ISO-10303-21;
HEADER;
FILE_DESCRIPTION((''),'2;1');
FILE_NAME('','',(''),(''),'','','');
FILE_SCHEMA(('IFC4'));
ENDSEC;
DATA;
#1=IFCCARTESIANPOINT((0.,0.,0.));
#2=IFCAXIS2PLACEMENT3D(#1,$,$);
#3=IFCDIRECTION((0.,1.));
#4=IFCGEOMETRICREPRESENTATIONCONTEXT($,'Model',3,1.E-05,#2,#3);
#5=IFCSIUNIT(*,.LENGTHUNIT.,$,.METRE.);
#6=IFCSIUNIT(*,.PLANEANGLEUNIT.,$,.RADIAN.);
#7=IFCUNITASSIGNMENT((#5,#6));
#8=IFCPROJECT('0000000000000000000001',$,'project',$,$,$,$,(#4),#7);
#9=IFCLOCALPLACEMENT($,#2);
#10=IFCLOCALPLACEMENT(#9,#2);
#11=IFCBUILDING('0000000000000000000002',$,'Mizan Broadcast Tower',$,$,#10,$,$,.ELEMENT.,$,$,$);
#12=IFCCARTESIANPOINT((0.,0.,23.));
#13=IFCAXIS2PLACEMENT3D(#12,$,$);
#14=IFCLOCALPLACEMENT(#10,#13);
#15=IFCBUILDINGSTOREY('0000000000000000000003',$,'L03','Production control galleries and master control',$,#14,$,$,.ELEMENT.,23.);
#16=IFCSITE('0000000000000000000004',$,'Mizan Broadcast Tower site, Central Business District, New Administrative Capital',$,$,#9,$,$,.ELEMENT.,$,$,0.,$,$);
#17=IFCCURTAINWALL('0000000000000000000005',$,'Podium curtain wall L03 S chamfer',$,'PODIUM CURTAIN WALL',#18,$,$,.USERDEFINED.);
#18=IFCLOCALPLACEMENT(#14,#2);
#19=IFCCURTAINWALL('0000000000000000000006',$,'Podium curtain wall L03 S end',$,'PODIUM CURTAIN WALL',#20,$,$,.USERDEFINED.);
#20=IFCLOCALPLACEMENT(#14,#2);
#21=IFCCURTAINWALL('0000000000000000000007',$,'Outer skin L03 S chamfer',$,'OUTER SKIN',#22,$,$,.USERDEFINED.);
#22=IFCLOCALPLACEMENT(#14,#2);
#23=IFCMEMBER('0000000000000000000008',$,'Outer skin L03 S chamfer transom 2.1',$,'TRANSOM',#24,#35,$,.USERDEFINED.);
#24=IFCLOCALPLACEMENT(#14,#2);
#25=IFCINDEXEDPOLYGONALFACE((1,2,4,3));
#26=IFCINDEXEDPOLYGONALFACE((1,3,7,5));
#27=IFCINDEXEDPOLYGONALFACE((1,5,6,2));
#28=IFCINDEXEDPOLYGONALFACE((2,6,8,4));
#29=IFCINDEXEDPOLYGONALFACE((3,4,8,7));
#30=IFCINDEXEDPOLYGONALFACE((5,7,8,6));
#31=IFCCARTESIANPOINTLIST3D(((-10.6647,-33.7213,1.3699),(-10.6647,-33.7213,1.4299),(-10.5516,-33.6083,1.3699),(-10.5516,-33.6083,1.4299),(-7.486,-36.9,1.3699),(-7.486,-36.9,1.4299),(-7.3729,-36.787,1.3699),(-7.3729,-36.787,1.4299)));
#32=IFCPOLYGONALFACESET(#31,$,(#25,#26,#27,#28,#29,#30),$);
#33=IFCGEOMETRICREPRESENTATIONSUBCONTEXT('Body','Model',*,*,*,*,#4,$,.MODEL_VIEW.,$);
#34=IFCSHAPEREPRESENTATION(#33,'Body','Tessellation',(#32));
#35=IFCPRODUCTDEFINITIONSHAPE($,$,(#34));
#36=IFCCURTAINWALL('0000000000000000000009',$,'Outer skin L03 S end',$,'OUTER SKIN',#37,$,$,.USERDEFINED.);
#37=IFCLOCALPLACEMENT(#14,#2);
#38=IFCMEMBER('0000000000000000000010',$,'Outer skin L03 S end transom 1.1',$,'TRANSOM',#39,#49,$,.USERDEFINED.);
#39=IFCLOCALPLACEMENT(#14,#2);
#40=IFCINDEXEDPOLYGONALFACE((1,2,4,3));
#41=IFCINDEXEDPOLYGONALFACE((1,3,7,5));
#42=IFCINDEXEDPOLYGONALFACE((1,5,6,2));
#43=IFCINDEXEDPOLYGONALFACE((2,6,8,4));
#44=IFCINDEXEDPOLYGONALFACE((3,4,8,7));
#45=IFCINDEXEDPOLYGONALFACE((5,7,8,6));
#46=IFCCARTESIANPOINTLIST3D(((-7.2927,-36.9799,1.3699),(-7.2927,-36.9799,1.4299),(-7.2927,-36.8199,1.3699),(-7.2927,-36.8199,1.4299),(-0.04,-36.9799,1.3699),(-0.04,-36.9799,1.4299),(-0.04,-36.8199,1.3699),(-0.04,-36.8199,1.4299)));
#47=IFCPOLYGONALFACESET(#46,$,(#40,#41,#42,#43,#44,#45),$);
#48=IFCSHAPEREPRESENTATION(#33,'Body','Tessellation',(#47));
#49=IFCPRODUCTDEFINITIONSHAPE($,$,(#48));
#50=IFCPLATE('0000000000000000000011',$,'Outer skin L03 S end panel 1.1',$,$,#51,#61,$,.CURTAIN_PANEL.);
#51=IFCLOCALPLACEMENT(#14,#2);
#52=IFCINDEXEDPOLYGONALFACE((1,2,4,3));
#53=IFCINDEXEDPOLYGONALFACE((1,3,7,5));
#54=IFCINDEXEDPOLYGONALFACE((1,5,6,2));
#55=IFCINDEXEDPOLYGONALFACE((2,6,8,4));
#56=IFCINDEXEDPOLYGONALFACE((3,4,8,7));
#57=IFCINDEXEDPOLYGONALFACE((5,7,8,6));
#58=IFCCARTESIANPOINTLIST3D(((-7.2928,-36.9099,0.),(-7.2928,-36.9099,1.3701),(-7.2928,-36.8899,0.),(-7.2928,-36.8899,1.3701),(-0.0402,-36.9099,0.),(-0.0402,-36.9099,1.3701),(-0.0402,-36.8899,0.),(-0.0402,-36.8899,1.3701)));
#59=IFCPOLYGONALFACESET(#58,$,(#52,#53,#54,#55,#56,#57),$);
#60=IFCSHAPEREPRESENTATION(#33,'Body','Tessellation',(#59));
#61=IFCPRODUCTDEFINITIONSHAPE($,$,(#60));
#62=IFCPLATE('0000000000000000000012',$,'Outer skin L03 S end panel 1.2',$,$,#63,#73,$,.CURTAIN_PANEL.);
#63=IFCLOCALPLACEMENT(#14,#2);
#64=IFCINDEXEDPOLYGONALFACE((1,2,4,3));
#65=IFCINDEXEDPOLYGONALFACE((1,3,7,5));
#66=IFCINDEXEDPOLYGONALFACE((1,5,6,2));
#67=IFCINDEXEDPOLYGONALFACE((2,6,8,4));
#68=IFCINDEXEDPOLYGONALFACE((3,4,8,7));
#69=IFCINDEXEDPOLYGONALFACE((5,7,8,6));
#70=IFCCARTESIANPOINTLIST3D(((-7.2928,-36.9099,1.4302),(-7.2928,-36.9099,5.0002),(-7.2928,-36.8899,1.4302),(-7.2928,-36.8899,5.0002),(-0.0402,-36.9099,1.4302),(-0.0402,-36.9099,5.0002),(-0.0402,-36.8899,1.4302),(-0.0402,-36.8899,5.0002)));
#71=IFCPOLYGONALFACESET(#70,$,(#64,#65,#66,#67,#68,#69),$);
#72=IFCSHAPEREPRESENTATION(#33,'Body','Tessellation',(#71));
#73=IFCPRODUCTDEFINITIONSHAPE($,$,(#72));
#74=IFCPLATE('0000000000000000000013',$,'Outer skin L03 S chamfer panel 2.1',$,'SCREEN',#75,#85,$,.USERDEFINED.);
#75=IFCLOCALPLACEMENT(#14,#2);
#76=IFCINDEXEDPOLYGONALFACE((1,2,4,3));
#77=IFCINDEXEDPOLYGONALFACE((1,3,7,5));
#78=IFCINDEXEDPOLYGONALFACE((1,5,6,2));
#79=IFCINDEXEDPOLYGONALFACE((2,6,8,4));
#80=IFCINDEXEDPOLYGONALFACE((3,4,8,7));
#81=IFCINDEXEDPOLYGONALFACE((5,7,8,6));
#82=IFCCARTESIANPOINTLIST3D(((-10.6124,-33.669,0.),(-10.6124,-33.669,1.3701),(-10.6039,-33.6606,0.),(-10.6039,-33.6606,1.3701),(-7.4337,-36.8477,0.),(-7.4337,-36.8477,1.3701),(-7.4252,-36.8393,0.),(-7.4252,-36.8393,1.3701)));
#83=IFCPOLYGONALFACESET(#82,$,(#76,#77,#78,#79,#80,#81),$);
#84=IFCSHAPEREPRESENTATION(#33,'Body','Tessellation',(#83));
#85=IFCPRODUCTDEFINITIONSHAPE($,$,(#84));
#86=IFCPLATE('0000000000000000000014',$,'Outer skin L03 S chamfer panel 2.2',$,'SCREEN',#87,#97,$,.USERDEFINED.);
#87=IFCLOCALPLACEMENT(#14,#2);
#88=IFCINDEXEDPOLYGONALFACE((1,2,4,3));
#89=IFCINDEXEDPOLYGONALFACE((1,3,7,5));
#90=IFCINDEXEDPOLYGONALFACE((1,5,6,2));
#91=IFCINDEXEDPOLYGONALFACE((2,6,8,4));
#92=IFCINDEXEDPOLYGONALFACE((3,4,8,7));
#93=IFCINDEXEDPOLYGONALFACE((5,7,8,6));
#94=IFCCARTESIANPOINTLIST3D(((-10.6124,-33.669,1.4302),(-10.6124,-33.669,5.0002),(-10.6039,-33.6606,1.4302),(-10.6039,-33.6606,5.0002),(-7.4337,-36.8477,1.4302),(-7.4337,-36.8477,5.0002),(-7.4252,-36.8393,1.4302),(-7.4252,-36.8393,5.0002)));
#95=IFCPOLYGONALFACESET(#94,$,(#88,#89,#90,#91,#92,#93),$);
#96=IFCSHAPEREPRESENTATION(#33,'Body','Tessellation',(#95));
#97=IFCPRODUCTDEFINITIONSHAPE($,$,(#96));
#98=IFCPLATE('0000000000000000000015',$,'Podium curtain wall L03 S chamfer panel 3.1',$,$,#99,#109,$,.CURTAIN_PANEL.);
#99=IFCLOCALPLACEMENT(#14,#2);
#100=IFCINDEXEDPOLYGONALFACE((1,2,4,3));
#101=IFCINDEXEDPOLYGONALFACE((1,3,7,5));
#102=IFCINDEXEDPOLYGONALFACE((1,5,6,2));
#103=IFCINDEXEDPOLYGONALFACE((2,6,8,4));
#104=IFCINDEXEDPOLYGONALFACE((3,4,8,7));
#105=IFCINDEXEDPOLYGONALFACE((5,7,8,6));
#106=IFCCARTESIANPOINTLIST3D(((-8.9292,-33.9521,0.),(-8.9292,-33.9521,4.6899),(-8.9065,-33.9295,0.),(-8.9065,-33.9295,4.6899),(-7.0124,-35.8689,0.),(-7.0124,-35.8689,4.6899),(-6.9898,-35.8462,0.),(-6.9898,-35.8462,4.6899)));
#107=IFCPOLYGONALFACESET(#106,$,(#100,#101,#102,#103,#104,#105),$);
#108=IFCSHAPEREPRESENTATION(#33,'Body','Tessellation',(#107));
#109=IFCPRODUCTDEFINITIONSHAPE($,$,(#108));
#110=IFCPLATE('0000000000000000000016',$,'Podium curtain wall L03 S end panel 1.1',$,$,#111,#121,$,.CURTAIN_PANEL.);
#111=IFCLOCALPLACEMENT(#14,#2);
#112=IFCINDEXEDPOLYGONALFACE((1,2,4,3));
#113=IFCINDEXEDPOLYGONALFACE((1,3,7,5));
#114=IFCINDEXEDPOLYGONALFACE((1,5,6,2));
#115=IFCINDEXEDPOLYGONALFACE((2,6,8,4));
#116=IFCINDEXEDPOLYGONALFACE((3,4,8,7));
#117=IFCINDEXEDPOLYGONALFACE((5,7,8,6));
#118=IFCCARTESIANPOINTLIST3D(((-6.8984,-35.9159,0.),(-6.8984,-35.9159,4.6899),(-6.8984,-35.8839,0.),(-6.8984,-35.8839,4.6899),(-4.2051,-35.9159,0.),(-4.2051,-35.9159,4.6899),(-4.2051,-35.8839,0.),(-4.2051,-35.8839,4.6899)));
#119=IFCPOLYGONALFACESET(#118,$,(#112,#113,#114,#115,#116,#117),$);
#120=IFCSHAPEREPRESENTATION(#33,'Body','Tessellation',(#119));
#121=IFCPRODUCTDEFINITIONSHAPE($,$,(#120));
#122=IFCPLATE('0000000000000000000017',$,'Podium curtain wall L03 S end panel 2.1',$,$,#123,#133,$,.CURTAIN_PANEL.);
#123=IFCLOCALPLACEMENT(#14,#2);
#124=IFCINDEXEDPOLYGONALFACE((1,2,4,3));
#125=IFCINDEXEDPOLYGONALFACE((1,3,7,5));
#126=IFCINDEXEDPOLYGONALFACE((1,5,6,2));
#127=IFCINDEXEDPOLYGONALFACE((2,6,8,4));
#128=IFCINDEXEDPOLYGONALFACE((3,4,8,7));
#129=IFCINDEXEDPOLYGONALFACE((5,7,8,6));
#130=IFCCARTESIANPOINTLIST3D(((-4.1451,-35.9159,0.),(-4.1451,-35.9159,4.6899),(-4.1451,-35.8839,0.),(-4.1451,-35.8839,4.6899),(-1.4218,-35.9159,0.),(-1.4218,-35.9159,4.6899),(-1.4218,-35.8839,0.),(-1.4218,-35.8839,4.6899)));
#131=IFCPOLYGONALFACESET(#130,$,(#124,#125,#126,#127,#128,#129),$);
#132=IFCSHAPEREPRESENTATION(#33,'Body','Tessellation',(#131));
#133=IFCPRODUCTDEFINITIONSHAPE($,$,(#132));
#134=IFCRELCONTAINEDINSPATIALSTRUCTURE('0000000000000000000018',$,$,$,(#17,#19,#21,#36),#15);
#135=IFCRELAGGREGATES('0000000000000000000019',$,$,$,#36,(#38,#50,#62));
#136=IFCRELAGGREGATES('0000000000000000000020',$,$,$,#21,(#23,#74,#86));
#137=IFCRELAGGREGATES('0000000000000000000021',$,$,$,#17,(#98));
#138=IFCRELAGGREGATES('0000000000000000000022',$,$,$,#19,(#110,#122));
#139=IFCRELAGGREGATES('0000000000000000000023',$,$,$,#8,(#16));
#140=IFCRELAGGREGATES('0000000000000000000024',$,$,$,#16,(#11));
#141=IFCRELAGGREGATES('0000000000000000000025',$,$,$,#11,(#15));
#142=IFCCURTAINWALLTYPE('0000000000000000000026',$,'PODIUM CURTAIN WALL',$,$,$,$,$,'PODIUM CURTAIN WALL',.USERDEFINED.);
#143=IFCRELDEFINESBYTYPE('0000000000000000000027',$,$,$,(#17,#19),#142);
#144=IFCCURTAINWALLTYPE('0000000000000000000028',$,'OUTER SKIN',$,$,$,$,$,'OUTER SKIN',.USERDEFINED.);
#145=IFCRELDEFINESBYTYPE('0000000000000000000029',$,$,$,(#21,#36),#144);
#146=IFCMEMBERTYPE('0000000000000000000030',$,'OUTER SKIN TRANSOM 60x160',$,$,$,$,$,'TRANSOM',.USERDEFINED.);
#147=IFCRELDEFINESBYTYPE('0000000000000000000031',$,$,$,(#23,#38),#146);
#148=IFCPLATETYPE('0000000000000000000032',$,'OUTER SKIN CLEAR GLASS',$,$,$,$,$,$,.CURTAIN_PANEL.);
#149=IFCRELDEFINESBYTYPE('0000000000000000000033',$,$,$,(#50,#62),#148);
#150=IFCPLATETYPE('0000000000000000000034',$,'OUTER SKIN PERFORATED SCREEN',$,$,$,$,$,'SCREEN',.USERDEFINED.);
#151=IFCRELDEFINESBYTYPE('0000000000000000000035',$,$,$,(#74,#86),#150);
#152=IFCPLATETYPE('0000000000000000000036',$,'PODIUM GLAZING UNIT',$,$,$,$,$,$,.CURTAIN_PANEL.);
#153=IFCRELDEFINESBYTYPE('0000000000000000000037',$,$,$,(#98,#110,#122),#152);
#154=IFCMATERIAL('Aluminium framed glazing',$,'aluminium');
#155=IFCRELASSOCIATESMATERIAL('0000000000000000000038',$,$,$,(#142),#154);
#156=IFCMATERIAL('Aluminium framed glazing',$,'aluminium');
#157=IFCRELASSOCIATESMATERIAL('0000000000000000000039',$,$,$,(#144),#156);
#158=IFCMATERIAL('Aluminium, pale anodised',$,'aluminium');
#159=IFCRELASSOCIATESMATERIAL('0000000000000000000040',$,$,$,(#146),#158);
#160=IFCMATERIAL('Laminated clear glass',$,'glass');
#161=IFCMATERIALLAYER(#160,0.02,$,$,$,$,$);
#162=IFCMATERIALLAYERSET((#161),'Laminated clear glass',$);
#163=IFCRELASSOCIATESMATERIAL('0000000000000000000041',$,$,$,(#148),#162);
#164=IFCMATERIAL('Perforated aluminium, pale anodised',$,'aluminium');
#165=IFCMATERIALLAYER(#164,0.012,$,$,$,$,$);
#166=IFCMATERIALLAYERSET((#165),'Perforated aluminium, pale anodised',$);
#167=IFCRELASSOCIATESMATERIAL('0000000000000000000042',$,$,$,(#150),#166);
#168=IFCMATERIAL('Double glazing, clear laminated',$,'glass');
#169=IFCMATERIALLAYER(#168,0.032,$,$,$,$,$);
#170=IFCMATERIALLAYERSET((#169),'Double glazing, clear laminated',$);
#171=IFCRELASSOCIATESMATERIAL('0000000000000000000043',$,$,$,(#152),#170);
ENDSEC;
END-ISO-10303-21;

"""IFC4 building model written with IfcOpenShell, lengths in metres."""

from ifc_helpers import new_model, si_unit, direction, frame, origin, origin_2d, place, context, subcontext, project, spatial, rectangle, extrude, material, layer, layer_set, material_profile, profile_set, type_object, element, aggregate, save


model = new_model("IFC4")

# Units and contexts
model_context = context("Model", 3, precision=1e-05, world=origin(), true_north=direction((0.0, 1.0)))
body_context = subcontext(model_context, "Body", "Model", "MODEL_VIEW")
ifc_project = project(units=[si_unit("LENGTHUNIT", "METRE"), si_unit("PLANEANGLEUNIT", "RADIAN")], contexts=[model_context])

# Site, building, storey
site_placement = place(None, origin())
site = spatial("IfcSite", under=ifc_project, at=site_placement, Name="Mizan Broadcast Tower site, Central Business District, New Administrative Capital", CompositionType="ELEMENT", RefElevation=0.0)
building_placement = place(site_placement, origin())
building = spatial("IfcBuilding", under=site, at=building_placement, Name="Mizan Broadcast Tower", CompositionType="ELEMENT")
storey_placement = place(building_placement, frame((0.0, 0.0, 23.0)))
storey = spatial("IfcBuildingStorey", under=building, at=storey_placement, Name="L03", Description="Production control galleries and master control", CompositionType="ELEMENT", Elevation=23.0)

# Curtain walls
ifc_material_1 = material(Name="Aluminium framed glazing", Category="aluminium")
curtain_wall_type_1 = type_object("IfcCurtainWallType", Name="PODIUM CURTAIN WALL", ElementType="PODIUM CURTAIN WALL", PredefinedType="USERDEFINED", material=ifc_material_1)
curtain_wall_1_placement = place(storey_placement, origin())
curtain_wall_1 = element("IfcCurtainWall", 1, at=curtain_wall_1_placement, inside=storey, type_object=curtain_wall_type_1, Name="Podium curtain wall L03 S chamfer", ObjectType="PODIUM CURTAIN WALL", PredefinedType="USERDEFINED")
curtain_wall_2_placement = place(storey_placement, origin())
curtain_wall_2 = element("IfcCurtainWall", 2, at=curtain_wall_2_placement, inside=storey, type_object=curtain_wall_type_1, Name="Podium curtain wall L03 S end", ObjectType="PODIUM CURTAIN WALL", PredefinedType="USERDEFINED")

# Curtain wall, member
ifc_material_2 = material(Name="Aluminium framed glazing", Category="aluminium")
curtain_wall_type_2 = type_object("IfcCurtainWallType", Name="OUTER SKIN", ElementType="OUTER SKIN", PredefinedType="USERDEFINED", material=ifc_material_2)
curtain_wall_3_placement = place(storey_placement, origin())
curtain_wall_3 = element("IfcCurtainWall", 3, at=curtain_wall_3_placement, inside=storey, type_object=curtain_wall_type_2, Name="Outer skin L03 S chamfer", ObjectType="OUTER SKIN", PredefinedType="USERDEFINED")
ifc_material_3 = material(Name="Aluminium, pale anodised", Category="aluminium")
ifc_material_profile_1 = material_profile(ifc_material_3, rectangle(XDim=0.1599, YDim=0.0601, at=origin_2d()), Name="TRANSOM 160x60")
ifc_profile_set_1 = profile_set([ifc_material_profile_1], Name="Aluminium, pale anodised")
member_type_1 = type_object("IfcMemberType", Name="OUTER SKIN TRANSOM 60x160", ElementType="TRANSOM", PredefinedType="USERDEFINED", material=ifc_profile_set_1)
member_1_placement = place(storey_placement, frame((-10.6082, -33.6648, 1.3999), z_axis=(0.707107, -0.707107, 0.0), x_axis=(0.707107, 0.707107, 0.0)))
member_1 = element("IfcMember", 4, at=member_1_placement, type_object=member_type_1, Name="Outer skin L03 S chamfer transom 2.1", ObjectType="TRANSOM", PredefinedType="USERDEFINED", context=body_context, shape_type="SweptSolid", body=[
    extrude(rectangle(XDim=0.1599, YDim=0.0601, at=origin_2d()), origin(), (0.0, 0.0, 1.0), 4.4954),
])

# Curtain wall, member, plates
curtain_wall_4_placement = place(storey_placement, origin())
curtain_wall_4 = element("IfcCurtainWall", 5, at=curtain_wall_4_placement, inside=storey, type_object=curtain_wall_type_2, Name="Outer skin L03 S end", ObjectType="OUTER SKIN", PredefinedType="USERDEFINED")
member_2_placement = place(storey_placement, frame((-7.2927, -36.8999, 1.3999), z_axis=(1.0, 0.0, 0.0), x_axis=(0.0, 1.0, 0.0)))
member_2 = element("IfcMember", 6, at=member_2_placement, type_object=member_type_1, Name="Outer skin L03 S end transom 1.1", ObjectType="TRANSOM", PredefinedType="USERDEFINED", context=body_context, shape_type="SweptSolid", body=[
    extrude(rectangle(XDim=0.1599, YDim=0.0601, at=origin_2d()), origin(), (0.0, 0.0, 1.0), 7.2527),
])
ifc_material_4 = material(Name="Laminated clear glass", Category="glass")
ifc_layer_1 = layer(ifc_material_4, 0.02)
ifc_layer_set_1 = layer_set([ifc_layer_1], Name="Laminated clear glass")
plate_type_1 = type_object("IfcPlateType", Name="OUTER SKIN CLEAR GLASS", PredefinedType="CURTAIN_PANEL", material=ifc_layer_set_1)
plate_1_placement = place(storey_placement, frame((-3.6665, -36.8999, 0.0), z_axis=(0.0, 0.0, 1.0), x_axis=(1.0, 0.0, 0.0)))
plate_1 = element("IfcPlate", 7, at=plate_1_placement, type_object=plate_type_1, Name="Outer skin L03 S end panel 1.1", PredefinedType="CURTAIN_PANEL", context=body_context, shape_type="SweptSolid", body=[
    extrude(rectangle(XDim=7.2527, YDim=0.02, at=origin_2d()), origin(), (0.0, 0.0, 1.0), 1.3701),
])
plate_2_placement = place(storey_placement, frame((-3.6665, -36.8999, 1.4302), z_axis=(0.0, 0.0, 1.0), x_axis=(1.0, 0.0, 0.0)))
plate_2 = element("IfcPlate", 8, at=plate_2_placement, type_object=plate_type_1, Name="Outer skin L03 S end panel 1.2", PredefinedType="CURTAIN_PANEL", context=body_context, shape_type="SweptSolid", body=[
    extrude(rectangle(XDim=7.2527, YDim=0.02, at=origin_2d()), origin(), (0.0, 0.0, 1.0), 3.5701),
])
aggregate(curtain_wall_4, [member_2, plate_1, plate_2])

# Plates
ifc_material_5 = material(Name="Perforated aluminium, pale anodised", Category="aluminium")
ifc_layer_2 = layer(ifc_material_5, 0.012)
ifc_layer_set_2 = layer_set([ifc_layer_2], Name="Perforated aluminium, pale anodised")
plate_type_2 = type_object("IfcPlateType", Name="OUTER SKIN PERFORATED SCREEN", ElementType="SCREEN", PredefinedType="USERDEFINED", material=ifc_layer_set_2)
plate_3_placement = place(storey_placement, frame((-9.0188, -35.2542, 0.0), z_axis=(0.0, 0.0, 1.0), x_axis=(0.707107, -0.707107, 0.0)))
plate_3 = element("IfcPlate", 9, at=plate_3_placement, type_object=plate_type_2, Name="Outer skin L03 S chamfer panel 2.1", ObjectType="SCREEN", PredefinedType="USERDEFINED", context=body_context, shape_type="SweptSolid", body=[
    extrude(rectangle(XDim=4.4954, YDim=0.012, at=origin_2d()), origin(), (0.0, 0.0, 1.0), 1.3701),
])
plate_4_placement = place(storey_placement, frame((-9.0188, -35.2542, 1.4302), z_axis=(0.0, 0.0, 1.0), x_axis=(0.707107, -0.707107, 0.0)))
plate_4 = element("IfcPlate", 10, at=plate_4_placement, type_object=plate_type_2, Name="Outer skin L03 S chamfer panel 2.2", ObjectType="SCREEN", PredefinedType="USERDEFINED", context=body_context, shape_type="SweptSolid", body=[
    extrude(rectangle(XDim=4.4954, YDim=0.012, at=origin_2d()), origin(), (0.0, 0.0, 1.0), 3.5701),
])
aggregate(curtain_wall_3, [member_1, plate_3, plate_4])
ifc_material_6 = material(Name="Double glazing, clear laminated", Category="glass")
ifc_layer_3 = layer(ifc_material_6, 0.032)
ifc_layer_set_3 = layer_set([ifc_layer_3], Name="Double glazing, clear laminated")
plate_type_3 = type_object("IfcPlateType", Name="PODIUM GLAZING UNIT", PredefinedType="CURTAIN_PANEL", material=ifc_layer_set_3)
plate_5_placement = place(storey_placement, frame((-7.9595, -34.8992, 0.0), z_axis=(0.0, 0.0, 1.0), x_axis=(0.707107, -0.707107, 0.0)))
plate_5 = element("IfcPlate", 11, at=plate_5_placement, type_object=plate_type_3, Name="Podium curtain wall L03 S chamfer panel 3.1", PredefinedType="CURTAIN_PANEL", context=body_context, shape_type="SweptSolid", body=[
    extrude(rectangle(XDim=2.7107, YDim=0.032, at=origin_2d()), origin(), (0.0, 0.0, 1.0), 4.6899),
])
aggregate(curtain_wall_1, [plate_5])
plate_6_placement = place(storey_placement, frame((-5.5518, -35.8999, 0.0), z_axis=(0.0, 0.0, 1.0), x_axis=(1.0, 0.0, 0.0)))
plate_6 = element("IfcPlate", 12, at=plate_6_placement, type_object=plate_type_3, Name="Podium curtain wall L03 S end panel 1.1", PredefinedType="CURTAIN_PANEL", context=body_context, shape_type="SweptSolid", body=[
    extrude(rectangle(XDim=2.6934, YDim=0.032, at=origin_2d()), origin(), (0.0, 0.0, 1.0), 4.6899),
])
plate_7_placement = place(storey_placement, frame((-2.7834, -35.8999, 0.0), z_axis=(0.0, 0.0, 1.0), x_axis=(1.0, 0.0, 0.0)))
plate_7 = element("IfcPlate", 13, at=plate_7_placement, type_object=plate_type_3, Name="Podium curtain wall L03 S end panel 2.1", PredefinedType="CURTAIN_PANEL", context=body_context, shape_type="SweptSolid", body=[
    extrude(rectangle(XDim=2.7234, YDim=0.032, at=origin_2d()), origin(), (0.0, 0.0, 1.0), 4.6899),
])
aggregate(curtain_wall_2, [plate_6, plate_7])

save(model, "model.ifc")
